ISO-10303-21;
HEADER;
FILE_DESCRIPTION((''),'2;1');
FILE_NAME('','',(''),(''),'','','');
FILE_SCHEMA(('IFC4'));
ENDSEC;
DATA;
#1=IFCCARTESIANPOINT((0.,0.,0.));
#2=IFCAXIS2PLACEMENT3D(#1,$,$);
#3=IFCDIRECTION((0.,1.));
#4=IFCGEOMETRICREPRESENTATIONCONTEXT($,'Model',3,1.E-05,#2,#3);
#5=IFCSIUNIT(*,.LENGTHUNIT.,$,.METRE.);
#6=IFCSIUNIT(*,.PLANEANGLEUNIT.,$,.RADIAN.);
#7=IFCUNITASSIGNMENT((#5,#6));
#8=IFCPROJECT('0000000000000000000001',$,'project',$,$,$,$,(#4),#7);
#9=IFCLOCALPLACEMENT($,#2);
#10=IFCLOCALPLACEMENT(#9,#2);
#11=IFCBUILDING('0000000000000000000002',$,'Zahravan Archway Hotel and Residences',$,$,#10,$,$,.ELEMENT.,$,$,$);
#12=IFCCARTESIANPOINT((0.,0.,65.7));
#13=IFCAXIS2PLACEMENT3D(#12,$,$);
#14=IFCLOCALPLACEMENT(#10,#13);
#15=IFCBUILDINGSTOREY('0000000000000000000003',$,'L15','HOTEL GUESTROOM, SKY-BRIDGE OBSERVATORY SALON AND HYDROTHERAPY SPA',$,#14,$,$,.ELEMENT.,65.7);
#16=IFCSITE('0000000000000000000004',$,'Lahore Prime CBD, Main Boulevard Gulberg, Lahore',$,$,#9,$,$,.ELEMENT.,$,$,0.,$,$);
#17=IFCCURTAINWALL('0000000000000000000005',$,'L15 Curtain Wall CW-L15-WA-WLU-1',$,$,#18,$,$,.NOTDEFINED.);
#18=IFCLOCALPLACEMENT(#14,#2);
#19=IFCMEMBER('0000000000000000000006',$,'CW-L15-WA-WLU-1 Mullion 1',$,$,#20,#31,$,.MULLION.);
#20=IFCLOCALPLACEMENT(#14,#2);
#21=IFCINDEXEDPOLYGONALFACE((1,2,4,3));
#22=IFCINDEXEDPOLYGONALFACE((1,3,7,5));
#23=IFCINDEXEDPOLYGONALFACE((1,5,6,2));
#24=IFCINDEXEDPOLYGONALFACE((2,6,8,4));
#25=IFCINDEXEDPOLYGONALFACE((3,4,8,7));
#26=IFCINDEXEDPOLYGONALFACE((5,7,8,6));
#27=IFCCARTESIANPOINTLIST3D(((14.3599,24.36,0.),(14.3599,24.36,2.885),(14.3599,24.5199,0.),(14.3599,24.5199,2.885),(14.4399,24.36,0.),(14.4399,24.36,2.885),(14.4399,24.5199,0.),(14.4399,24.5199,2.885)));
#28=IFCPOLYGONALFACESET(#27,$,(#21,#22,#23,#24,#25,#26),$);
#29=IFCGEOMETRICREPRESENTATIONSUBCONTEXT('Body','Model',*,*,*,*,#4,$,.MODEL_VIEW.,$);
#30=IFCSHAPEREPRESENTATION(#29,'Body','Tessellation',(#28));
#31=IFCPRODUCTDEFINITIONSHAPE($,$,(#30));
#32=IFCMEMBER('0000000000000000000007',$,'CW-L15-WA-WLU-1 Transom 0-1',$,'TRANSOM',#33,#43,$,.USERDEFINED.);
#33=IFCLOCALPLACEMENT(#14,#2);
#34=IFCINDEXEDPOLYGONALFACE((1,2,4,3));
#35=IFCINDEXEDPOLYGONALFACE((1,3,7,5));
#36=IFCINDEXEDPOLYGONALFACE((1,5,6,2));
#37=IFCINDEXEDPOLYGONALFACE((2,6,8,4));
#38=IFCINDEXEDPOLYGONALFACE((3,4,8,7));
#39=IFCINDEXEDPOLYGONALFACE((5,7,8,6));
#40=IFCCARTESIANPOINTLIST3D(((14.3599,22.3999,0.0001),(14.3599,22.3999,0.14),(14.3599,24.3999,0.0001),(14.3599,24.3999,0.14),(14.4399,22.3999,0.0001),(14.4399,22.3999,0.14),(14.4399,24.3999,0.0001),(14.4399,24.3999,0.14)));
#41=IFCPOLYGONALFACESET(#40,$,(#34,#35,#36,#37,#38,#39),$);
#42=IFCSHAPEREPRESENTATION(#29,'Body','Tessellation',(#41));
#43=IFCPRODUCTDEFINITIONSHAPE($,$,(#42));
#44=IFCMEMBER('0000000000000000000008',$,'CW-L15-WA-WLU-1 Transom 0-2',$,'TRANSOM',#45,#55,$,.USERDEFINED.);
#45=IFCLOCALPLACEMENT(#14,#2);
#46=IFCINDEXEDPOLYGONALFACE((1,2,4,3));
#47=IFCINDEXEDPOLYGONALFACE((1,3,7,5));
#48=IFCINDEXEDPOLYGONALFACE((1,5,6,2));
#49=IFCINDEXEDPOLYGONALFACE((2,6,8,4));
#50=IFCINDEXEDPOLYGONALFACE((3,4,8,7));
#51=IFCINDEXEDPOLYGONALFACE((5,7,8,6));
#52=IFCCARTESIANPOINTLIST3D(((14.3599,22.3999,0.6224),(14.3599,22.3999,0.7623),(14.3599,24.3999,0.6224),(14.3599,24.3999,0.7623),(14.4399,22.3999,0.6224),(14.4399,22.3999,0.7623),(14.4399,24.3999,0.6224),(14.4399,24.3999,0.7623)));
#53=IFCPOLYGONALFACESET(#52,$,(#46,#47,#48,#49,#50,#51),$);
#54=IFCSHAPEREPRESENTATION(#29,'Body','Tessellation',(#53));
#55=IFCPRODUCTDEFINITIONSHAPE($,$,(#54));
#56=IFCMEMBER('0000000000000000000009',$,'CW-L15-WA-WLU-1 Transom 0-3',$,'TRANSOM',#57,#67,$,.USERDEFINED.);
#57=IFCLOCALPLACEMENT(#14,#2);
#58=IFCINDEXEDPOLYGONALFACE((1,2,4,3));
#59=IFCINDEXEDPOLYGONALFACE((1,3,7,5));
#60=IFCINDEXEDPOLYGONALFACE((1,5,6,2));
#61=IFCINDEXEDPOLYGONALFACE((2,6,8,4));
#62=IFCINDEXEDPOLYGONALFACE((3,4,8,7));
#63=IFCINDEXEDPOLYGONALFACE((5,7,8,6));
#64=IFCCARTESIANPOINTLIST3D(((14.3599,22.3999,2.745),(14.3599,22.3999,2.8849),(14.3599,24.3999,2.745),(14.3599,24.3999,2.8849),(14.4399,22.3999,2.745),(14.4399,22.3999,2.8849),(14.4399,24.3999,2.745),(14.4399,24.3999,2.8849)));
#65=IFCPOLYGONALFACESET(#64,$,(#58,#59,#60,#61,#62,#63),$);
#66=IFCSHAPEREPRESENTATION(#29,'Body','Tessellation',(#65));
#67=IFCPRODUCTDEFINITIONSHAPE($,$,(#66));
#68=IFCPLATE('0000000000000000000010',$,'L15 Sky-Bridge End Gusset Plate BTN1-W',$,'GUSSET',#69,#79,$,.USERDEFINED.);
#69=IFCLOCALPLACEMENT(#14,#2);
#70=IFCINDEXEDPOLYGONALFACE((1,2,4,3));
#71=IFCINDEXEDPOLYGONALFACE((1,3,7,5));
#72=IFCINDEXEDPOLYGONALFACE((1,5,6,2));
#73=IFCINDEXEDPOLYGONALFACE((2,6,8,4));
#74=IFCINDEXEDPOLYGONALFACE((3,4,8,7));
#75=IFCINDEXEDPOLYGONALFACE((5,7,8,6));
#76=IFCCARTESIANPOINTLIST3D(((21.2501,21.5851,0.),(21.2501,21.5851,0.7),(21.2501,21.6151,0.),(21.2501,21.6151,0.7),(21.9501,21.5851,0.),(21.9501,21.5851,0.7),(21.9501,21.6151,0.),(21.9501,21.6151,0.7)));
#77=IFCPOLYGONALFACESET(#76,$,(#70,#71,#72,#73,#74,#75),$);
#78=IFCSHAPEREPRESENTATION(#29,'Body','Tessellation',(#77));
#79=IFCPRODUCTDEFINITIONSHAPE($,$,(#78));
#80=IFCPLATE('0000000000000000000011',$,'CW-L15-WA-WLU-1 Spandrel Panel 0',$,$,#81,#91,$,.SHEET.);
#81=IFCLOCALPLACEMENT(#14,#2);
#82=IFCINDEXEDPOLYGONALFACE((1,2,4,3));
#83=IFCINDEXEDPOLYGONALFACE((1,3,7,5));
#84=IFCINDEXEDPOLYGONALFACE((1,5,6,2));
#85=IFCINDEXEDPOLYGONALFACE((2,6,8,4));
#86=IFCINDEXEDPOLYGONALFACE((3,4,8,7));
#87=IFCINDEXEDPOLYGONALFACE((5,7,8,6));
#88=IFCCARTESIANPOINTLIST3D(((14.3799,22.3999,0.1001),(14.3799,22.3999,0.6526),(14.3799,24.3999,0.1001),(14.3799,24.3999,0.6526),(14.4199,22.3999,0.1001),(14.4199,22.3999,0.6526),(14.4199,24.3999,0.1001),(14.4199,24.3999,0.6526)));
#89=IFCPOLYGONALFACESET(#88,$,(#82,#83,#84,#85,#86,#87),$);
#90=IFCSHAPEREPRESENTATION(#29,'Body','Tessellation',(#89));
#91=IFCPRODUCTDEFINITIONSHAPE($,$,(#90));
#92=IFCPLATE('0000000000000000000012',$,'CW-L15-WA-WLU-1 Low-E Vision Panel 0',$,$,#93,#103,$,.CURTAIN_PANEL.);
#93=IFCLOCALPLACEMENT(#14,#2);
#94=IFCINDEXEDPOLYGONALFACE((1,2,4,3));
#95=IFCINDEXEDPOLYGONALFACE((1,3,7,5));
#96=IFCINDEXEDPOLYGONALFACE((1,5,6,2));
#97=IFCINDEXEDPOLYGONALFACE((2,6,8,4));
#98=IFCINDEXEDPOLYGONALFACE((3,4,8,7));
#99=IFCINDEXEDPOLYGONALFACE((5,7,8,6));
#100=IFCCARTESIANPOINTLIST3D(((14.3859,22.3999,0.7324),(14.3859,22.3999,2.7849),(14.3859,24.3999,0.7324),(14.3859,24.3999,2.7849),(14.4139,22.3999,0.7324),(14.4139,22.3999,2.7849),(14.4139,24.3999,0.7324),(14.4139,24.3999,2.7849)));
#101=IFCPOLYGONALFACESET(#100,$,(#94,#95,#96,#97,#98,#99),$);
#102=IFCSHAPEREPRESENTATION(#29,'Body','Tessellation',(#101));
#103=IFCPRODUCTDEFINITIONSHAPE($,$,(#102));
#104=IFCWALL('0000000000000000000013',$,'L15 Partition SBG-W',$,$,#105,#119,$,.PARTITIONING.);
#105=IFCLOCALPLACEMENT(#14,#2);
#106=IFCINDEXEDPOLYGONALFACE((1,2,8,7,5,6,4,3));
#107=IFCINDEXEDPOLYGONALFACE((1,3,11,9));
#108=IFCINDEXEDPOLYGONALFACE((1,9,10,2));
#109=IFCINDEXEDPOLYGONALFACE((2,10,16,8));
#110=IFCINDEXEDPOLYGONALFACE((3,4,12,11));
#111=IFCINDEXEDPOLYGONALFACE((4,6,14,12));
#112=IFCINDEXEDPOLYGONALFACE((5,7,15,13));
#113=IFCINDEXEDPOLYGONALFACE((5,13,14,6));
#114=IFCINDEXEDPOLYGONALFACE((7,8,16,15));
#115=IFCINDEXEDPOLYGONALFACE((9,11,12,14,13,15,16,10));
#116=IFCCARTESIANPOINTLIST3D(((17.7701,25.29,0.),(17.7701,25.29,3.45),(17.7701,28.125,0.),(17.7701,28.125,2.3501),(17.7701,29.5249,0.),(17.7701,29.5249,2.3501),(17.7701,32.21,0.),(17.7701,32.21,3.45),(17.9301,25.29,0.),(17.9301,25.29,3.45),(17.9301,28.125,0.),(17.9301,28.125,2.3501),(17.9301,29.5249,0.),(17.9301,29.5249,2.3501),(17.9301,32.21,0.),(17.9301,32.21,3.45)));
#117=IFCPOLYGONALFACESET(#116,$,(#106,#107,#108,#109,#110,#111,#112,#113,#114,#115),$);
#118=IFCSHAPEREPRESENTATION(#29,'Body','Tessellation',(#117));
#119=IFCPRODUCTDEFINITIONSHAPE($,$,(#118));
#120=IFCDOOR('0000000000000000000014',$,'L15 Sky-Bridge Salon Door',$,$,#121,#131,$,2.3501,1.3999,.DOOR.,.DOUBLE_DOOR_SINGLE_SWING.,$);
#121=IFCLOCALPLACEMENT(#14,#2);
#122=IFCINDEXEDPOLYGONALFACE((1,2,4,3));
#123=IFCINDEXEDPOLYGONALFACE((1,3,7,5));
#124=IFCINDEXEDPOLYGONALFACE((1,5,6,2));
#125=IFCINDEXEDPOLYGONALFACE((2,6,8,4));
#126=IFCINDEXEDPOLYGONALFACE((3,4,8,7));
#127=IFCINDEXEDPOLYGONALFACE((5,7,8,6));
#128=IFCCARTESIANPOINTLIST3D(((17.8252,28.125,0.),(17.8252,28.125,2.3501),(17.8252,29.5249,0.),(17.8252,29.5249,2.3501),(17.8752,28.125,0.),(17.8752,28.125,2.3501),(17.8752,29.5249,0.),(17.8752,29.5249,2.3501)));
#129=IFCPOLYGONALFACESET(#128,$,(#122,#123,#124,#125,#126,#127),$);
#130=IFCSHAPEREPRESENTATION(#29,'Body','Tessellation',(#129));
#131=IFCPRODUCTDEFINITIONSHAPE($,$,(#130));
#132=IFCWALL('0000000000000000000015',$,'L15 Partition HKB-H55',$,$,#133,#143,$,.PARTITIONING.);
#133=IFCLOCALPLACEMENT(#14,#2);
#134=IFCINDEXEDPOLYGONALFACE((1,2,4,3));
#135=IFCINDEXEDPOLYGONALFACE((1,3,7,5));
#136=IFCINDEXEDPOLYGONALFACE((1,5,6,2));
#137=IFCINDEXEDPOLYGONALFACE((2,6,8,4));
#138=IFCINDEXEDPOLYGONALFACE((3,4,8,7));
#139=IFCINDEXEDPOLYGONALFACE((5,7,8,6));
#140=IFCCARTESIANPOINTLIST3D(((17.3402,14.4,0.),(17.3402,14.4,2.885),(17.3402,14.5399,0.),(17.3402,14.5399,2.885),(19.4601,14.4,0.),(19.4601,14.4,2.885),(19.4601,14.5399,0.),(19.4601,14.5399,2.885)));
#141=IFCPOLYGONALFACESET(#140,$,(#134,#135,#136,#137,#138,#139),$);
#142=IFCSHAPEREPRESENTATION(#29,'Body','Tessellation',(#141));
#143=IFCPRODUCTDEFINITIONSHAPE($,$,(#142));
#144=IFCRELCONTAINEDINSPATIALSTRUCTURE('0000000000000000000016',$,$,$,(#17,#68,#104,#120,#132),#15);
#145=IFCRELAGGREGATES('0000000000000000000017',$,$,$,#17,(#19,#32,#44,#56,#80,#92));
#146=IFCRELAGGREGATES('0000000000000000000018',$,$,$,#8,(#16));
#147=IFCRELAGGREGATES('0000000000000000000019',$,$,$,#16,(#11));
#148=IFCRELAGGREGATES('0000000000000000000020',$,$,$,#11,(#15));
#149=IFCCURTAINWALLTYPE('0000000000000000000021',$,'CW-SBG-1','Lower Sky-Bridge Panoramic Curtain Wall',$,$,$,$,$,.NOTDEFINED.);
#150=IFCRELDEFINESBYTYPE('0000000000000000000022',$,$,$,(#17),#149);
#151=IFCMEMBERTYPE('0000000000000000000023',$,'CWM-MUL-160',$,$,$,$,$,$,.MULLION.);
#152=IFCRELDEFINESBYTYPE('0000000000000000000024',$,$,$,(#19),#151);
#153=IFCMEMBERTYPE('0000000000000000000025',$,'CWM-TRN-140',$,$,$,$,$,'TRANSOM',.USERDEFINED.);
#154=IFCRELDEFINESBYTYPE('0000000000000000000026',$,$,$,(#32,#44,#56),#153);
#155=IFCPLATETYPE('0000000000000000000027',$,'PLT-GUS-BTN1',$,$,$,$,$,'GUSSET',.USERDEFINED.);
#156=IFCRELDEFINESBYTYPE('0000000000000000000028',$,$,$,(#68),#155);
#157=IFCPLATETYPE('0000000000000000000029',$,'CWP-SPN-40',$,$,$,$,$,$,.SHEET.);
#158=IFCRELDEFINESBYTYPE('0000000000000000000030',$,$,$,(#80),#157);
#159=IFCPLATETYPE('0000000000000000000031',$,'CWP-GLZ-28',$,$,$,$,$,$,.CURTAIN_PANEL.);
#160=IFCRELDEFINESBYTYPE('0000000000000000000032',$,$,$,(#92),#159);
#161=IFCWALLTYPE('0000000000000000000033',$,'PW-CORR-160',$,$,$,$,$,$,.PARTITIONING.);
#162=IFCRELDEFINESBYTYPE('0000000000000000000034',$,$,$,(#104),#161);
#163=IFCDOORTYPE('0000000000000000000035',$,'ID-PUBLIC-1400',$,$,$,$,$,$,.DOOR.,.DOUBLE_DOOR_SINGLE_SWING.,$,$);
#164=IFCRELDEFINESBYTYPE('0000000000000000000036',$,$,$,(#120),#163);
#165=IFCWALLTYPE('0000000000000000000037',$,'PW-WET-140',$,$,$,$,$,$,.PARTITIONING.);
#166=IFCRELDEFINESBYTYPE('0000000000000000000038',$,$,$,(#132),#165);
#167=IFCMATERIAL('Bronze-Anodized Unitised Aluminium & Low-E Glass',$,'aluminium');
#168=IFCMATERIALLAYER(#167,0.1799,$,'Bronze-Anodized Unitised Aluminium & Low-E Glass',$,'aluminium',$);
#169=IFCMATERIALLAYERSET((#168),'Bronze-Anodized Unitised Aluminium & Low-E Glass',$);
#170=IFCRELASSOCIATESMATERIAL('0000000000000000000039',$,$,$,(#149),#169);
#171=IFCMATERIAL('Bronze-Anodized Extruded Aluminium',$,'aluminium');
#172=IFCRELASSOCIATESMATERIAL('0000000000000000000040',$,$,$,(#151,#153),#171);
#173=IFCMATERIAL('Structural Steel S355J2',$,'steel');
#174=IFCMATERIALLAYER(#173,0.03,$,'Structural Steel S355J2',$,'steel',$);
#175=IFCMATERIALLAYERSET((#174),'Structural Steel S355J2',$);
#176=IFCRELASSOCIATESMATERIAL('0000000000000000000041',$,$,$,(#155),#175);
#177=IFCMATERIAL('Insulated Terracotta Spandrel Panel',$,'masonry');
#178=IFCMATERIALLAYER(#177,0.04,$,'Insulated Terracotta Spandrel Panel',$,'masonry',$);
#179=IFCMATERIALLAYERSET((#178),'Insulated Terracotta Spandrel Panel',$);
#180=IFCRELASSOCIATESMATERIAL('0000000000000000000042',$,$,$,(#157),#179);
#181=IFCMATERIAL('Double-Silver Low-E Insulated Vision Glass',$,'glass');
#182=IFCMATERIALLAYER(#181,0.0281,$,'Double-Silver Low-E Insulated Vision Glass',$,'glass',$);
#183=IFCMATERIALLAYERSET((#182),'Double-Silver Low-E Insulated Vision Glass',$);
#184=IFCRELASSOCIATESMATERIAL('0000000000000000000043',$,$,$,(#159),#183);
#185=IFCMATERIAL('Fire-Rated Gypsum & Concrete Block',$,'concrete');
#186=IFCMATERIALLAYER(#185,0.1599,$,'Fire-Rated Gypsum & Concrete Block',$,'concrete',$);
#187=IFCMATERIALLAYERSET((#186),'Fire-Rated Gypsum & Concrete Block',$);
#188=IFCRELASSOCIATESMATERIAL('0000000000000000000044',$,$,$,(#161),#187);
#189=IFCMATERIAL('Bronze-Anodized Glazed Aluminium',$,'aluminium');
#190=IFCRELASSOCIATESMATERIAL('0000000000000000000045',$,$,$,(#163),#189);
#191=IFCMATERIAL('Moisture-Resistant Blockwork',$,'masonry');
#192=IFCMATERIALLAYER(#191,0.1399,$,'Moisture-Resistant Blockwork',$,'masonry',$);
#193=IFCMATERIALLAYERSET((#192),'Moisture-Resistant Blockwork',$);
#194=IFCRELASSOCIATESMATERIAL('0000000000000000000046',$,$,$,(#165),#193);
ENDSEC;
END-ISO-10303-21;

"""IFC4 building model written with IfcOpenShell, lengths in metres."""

from ifc_helpers import new_model, si_unit, direction, frame, frame_2d, origin, origin_2d, place, context, subcontext, project, spatial, rectangle, extrude, source, transform, mapped, material, layer, layer_set, material_profile, profile_set, type_object, type_shapes, element, fill, aggregate, save


model = new_model("IFC4")

# Units and contexts
model_context = context("Model", 3, precision=1e-05, world=origin(), true_north=direction((0.0, 1.0)))
body_context = subcontext(model_context, "Body", "Model", "MODEL_VIEW")
ifc_project = project(units=[si_unit("LENGTHUNIT", "METRE"), si_unit("PLANEANGLEUNIT", "RADIAN")], contexts=[model_context])

# Site, building, storey
site_placement = place(None, origin())
site = spatial("IfcSite", under=ifc_project, at=site_placement, Name="Lahore Prime CBD, Main Boulevard Gulberg, Lahore", CompositionType="ELEMENT", RefElevation=0.0)
building_placement = place(site_placement, origin())
building = spatial("IfcBuilding", under=site, at=building_placement, Name="Zahravan Archway Hotel and Residences", CompositionType="ELEMENT")
storey_placement = place(building_placement, frame((0.0, 0.0, 65.7)))
storey = spatial("IfcBuildingStorey", under=building, at=storey_placement, Name="L15", Description="HOTEL GUESTROOM, SKY-BRIDGE OBSERVATORY SALON AND HYDROTHERAPY SPA", CompositionType="ELEMENT", Elevation=65.7)

# Shared definitions
ifc_material_1 = material(Name="Structural Steel S355J2", Category="steel")

# Curtain wall, members
ifc_material_2 = material(Name="Bronze-Anodized Unitised Aluminium & Low-E Glass", Category="aluminium")
ifc_layer_1 = layer(ifc_material_2, 0.1799, Name="Bronze-Anodized Unitised Aluminium & Low-E Glass", Category="aluminium")
ifc_layer_set_1 = layer_set([ifc_layer_1], Name="Bronze-Anodized Unitised Aluminium & Low-E Glass")
curtain_wall_type = type_object("IfcCurtainWallType", Name="CW-SBG-1", Description="Lower Sky-Bridge Panoramic Curtain Wall", PredefinedType="NOTDEFINED", material=ifc_layer_set_1)
curtain_wall_placement = place(storey_placement, origin())
curtain_wall = element("IfcCurtainWall", 1, at=curtain_wall_placement, inside=storey, type_object=curtain_wall_type, Name="L15 Curtain Wall CW-L15-WA-WLU-1", PredefinedType="NOTDEFINED")
ifc_material_3 = material(Name="Bronze-Anodized Extruded Aluminium", Category="aluminium")
ifc_material_profile_1 = material_profile(ifc_material_3, rectangle(XDim=0.0801, YDim=0.1599, at=origin_2d()), Name="MUL 80x160", Category="aluminium")
ifc_profile_set_1 = profile_set([ifc_material_profile_1], Name="Bronze-Anodized Extruded Aluminium")
member_type_1 = type_object("IfcMemberType", Name="CWM-MUL-160", PredefinedType="MULLION", material=ifc_profile_set_1)
shared_shape_1 = source(origin(), body_context, "Body", "SweptSolid", [
    extrude(rectangle(XDim=0.0801, YDim=0.1599, at=origin_2d()), origin(), (0.0, 0.0, 1.0), 2.885),
])
member_1_placement = place(storey_placement, frame((14.3999, 24.4399, 0.0), z_axis=(0.0, 0.0, 1.0), x_axis=(1.0, 0.0, 0.0)))
member_1 = element("IfcMember", 2, at=member_1_placement, type_object=member_type_1, Name="CW-L15-WA-WLU-1 Mullion 1", PredefinedType="MULLION", context=body_context, shape_type="MappedRepresentation", body=[
    mapped(shared_shape_1, transform((0.0, 0.0, 0.0), scale=1.0)),
])
ifc_material_profile_2 = material_profile(ifc_material_3, rectangle(XDim=0.0801, YDim=0.1399, at=origin_2d()), Name="TRN 80x140", Category="aluminium")
ifc_profile_set_2 = profile_set([ifc_material_profile_2], Name="Bronze-Anodized Extruded Aluminium")
member_type_2 = type_object("IfcMemberType", Name="CWM-TRN-140", ElementType="TRANSOM", PredefinedType="USERDEFINED", material=ifc_profile_set_2)
shared_shape_2 = source(origin(), body_context, "Body", "SweptSolid", [
    extrude(rectangle(XDim=0.0801, YDim=0.1399, at=origin_2d()), origin(), (0.0, 0.0, 1.0), 2.0),
])
member_2_placement = place(storey_placement, frame((14.3999, 22.3999, 0.0701), z_axis=(0.0, 1.0, 0.0), x_axis=(-1.0, 0.0, 0.0)))
member_2 = element("IfcMember", 3, at=member_2_placement, type_object=member_type_2, Name="CW-L15-WA-WLU-1 Transom 0-1", ObjectType="TRANSOM", PredefinedType="USERDEFINED", context=body_context, shape_type="MappedRepresentation", body=[
    mapped(shared_shape_2, transform((0.0, 0.0, 0.0), scale=1.0)),
])
member_3_placement = place(storey_placement, frame((14.3999, 22.3999, 0.6924), z_axis=(0.0, 1.0, 0.0), x_axis=(-1.0, 0.0, 0.0)))
member_3 = element("IfcMember", 4, at=member_3_placement, type_object=member_type_2, Name="CW-L15-WA-WLU-1 Transom 0-2", ObjectType="TRANSOM", PredefinedType="USERDEFINED", context=body_context, shape_type="MappedRepresentation", body=[
    mapped(shared_shape_2, transform((0.0, 0.0, 0.0), scale=1.0)),
])
member_4_placement = place(storey_placement, frame((14.3999, 22.3999, 2.8149), z_axis=(0.0, 1.0, 0.0), x_axis=(-1.0, 0.0, 0.0)))
member_4 = element("IfcMember", 5, at=member_4_placement, type_object=member_type_2, Name="CW-L15-WA-WLU-1 Transom 0-3", ObjectType="TRANSOM", PredefinedType="USERDEFINED", context=body_context, shape_type="MappedRepresentation", body=[
    mapped(shared_shape_2, transform((0.0, 0.0, 0.0), scale=1.0)),
])

# Plates
ifc_layer_2 = layer(ifc_material_1, 0.03, Name="Structural Steel S355J2", Category="steel")
ifc_layer_set_2 = layer_set([ifc_layer_2], Name="Structural Steel S355J2")
plate_type_1 = type_object("IfcPlateType", Name="PLT-GUS-BTN1", ElementType="GUSSET", PredefinedType="USERDEFINED", material=ifc_layer_set_2)
shared_shape_3 = source(origin(), body_context, "Body", "SweptSolid", [
    extrude(rectangle(XDim=0.7, YDim=0.03, at=origin_2d()), origin(), (0.0, 0.0, 1.0), 0.7),
])
type_shapes(plate_type_1, [shared_shape_3])
plate_1_placement = place(storey_placement, frame((21.6001, 21.6001, 0.0), z_axis=(0.0, 0.0, 1.0), x_axis=(1.0, 0.0, 0.0)))
element("IfcPlate", 6, at=plate_1_placement, inside=storey, type_object=plate_type_1, Name="L15 Sky-Bridge End Gusset Plate BTN1-W", ObjectType="GUSSET", PredefinedType="USERDEFINED", context=body_context, shape_type="MappedRepresentation", body=[
    mapped(shared_shape_3, transform((0.0, 0.0, 0.0), scale=1.0)),
])
ifc_material_4 = material(Name="Insulated Terracotta Spandrel Panel", Category="masonry")
ifc_layer_3 = layer(ifc_material_4, 0.04, Name="Insulated Terracotta Spandrel Panel", Category="masonry")
ifc_layer_set_3 = layer_set([ifc_layer_3], Name="Insulated Terracotta Spandrel Panel")
plate_type_2 = type_object("IfcPlateType", Name="CWP-SPN-40", PredefinedType="SHEET", material=ifc_layer_set_3)
shared_shape_4 = source(origin(), body_context, "Body", "SweptSolid", [
    extrude(rectangle(XDim=2.0, YDim=0.04, at=origin_2d()), origin(), (0.0, 0.0, 1.0), 0.5525),
])
plate_2_placement = place(storey_placement, frame((14.3999, 23.3999, 0.1001), z_axis=(0.0, 0.0, 1.0), x_axis=(0.0, 1.0, 0.0)))
plate_2 = element("IfcPlate", 7, at=plate_2_placement, type_object=plate_type_2, Name="CW-L15-WA-WLU-1 Spandrel Panel 0", PredefinedType="SHEET", context=body_context, shape_type="MappedRepresentation", body=[
    mapped(shared_shape_4, transform((0.0, 0.0, 0.0), scale=1.0)),
])
ifc_material_5 = material(Name="Double-Silver Low-E Insulated Vision Glass", Category="glass")
ifc_layer_4 = layer(ifc_material_5, 0.0281, Name="Double-Silver Low-E Insulated Vision Glass", Category="glass")
ifc_layer_set_4 = layer_set([ifc_layer_4], Name="Double-Silver Low-E Insulated Vision Glass")
plate_type_3 = type_object("IfcPlateType", Name="CWP-GLZ-28", PredefinedType="CURTAIN_PANEL", material=ifc_layer_set_4)
shared_shape_5 = source(origin(), body_context, "Body", "SweptSolid", [
    extrude(rectangle(XDim=2.0, YDim=0.0281, at=origin_2d()), origin(), (0.0, 0.0, 1.0), 2.0525),
])
plate_3_placement = place(storey_placement, frame((14.3999, 23.3999, 0.7324), z_axis=(0.0, 0.0, 1.0), x_axis=(0.0, 1.0, 0.0)))
plate_3 = element("IfcPlate", 8, at=plate_3_placement, type_object=plate_type_3, Name="CW-L15-WA-WLU-1 Low-E Vision Panel 0", PredefinedType="CURTAIN_PANEL", context=body_context, shape_type="MappedRepresentation", body=[
    mapped(shared_shape_5, transform((0.0, 0.0, 0.0), scale=1.0)),
])
aggregate(curtain_wall, [member_1, member_2, member_3, member_4, plate_2, plate_3])

# Wall, opening, door
ifc_material_6 = material(Name="Fire-Rated Gypsum & Concrete Block", Category="concrete")
ifc_layer_5 = layer(ifc_material_6, 0.1599, Name="Fire-Rated Gypsum & Concrete Block", Category="concrete")
ifc_layer_set_5 = layer_set([ifc_layer_5], Name="Fire-Rated Gypsum & Concrete Block")
wall_type_1 = type_object("IfcWallType", Name="PW-CORR-160", PredefinedType="PARTITIONING", material=ifc_layer_set_5)
wall_1_placement = place(storey_placement, frame((17.8501, 25.29, 0.0), z_axis=(0.0, 0.0, 1.0), x_axis=(0.0, 1.0, 0.0)))
wall_1 = element("IfcWall", 9, at=wall_1_placement, inside=storey, type_object=wall_type_1, Name="L15 Partition SBG-W", PredefinedType="PARTITIONING", context=body_context, shape_type="SweptSolid", body=[
    extrude(rectangle(XDim=6.9199, YDim=0.1599, at=frame_2d((3.46, 0.0))), origin(), (0.0, 0.0, 1.0), 3.45),
])
opening_placement = place(wall_1_placement, frame((2.835, 0.0, 0.0)))
opening = element("IfcOpeningElement", 10, at=opening_placement, cuts=wall_1, PredefinedType="OPENING", context=body_context, shape_type="SweptSolid", body=[
    extrude(rectangle(XDim=1.3999, YDim=2.3501, at=frame_2d((0.7, 1.175))), frame((0.0, 0.0898, 0.0), z_axis=(0.0, -1.0, 0.0), x_axis=(1.0, 0.0, 0.0)), (0.0, 0.0, 1.0), 0.1799),
])
ifc_material_7 = material(Name="Bronze-Anodized Glazed Aluminium", Category="aluminium")
door_type = type_object("IfcDoorType", Name="ID-PUBLIC-1400", OperationType="DOUBLE_DOOR_SINGLE_SWING", PredefinedType="DOOR", material=ifc_material_7)
shared_shape_6 = source(origin(), body_context, "Body", "SweptSolid", [
    extrude(rectangle(XDim=1.3999, YDim=2.3501, at=frame_2d((0.7, 1.175))), frame((0.0, 0.0249, 0.0), z_axis=(0.0, -1.0, 0.0), x_axis=(1.0, 0.0, 0.0)), (0.0, 0.0, 1.0), 0.05),
])
type_shapes(door_type, [shared_shape_6])
door_placement = place(opening_placement, origin())
door = element("IfcDoor", 11, at=door_placement, inside=storey, type_object=door_type, Name="L15 Sky-Bridge Salon Door", OperationType="DOUBLE_DOOR_SINGLE_SWING", OverallHeight=2.3501, OverallWidth=1.3999, PredefinedType="DOOR", context=body_context, shape_type="MappedRepresentation", body=[
    mapped(shared_shape_6, transform((0.0, 0.0, 0.0), scale=1.0)),
])
fill(opening, door)

# Wall
ifc_material_8 = material(Name="Moisture-Resistant Blockwork", Category="masonry")
ifc_layer_6 = layer(ifc_material_8, 0.1399, Name="Moisture-Resistant Blockwork", Category="masonry")
ifc_layer_set_6 = layer_set([ifc_layer_6], Name="Moisture-Resistant Blockwork")
wall_type_2 = type_object("IfcWallType", Name="PW-WET-140", PredefinedType="PARTITIONING", material=ifc_layer_set_6)
wall_2_placement = place(storey_placement, frame((17.3401, 14.47, 0.0), z_axis=(0.0, 0.0, 1.0), x_axis=(1.0, 0.0, 0.0)))
element("IfcWall", 12, at=wall_2_placement, inside=storey, type_object=wall_type_2, Name="L15 Partition HKB-H55", PredefinedType="PARTITIONING", context=body_context, shape_type="SweptSolid", body=[
    extrude(rectangle(XDim=2.1199, YDim=0.1399, at=frame_2d((1.0601, 0.0))), origin(), (0.0, 0.0, 1.0), 2.885),
])

save(model, "model.ifc")
